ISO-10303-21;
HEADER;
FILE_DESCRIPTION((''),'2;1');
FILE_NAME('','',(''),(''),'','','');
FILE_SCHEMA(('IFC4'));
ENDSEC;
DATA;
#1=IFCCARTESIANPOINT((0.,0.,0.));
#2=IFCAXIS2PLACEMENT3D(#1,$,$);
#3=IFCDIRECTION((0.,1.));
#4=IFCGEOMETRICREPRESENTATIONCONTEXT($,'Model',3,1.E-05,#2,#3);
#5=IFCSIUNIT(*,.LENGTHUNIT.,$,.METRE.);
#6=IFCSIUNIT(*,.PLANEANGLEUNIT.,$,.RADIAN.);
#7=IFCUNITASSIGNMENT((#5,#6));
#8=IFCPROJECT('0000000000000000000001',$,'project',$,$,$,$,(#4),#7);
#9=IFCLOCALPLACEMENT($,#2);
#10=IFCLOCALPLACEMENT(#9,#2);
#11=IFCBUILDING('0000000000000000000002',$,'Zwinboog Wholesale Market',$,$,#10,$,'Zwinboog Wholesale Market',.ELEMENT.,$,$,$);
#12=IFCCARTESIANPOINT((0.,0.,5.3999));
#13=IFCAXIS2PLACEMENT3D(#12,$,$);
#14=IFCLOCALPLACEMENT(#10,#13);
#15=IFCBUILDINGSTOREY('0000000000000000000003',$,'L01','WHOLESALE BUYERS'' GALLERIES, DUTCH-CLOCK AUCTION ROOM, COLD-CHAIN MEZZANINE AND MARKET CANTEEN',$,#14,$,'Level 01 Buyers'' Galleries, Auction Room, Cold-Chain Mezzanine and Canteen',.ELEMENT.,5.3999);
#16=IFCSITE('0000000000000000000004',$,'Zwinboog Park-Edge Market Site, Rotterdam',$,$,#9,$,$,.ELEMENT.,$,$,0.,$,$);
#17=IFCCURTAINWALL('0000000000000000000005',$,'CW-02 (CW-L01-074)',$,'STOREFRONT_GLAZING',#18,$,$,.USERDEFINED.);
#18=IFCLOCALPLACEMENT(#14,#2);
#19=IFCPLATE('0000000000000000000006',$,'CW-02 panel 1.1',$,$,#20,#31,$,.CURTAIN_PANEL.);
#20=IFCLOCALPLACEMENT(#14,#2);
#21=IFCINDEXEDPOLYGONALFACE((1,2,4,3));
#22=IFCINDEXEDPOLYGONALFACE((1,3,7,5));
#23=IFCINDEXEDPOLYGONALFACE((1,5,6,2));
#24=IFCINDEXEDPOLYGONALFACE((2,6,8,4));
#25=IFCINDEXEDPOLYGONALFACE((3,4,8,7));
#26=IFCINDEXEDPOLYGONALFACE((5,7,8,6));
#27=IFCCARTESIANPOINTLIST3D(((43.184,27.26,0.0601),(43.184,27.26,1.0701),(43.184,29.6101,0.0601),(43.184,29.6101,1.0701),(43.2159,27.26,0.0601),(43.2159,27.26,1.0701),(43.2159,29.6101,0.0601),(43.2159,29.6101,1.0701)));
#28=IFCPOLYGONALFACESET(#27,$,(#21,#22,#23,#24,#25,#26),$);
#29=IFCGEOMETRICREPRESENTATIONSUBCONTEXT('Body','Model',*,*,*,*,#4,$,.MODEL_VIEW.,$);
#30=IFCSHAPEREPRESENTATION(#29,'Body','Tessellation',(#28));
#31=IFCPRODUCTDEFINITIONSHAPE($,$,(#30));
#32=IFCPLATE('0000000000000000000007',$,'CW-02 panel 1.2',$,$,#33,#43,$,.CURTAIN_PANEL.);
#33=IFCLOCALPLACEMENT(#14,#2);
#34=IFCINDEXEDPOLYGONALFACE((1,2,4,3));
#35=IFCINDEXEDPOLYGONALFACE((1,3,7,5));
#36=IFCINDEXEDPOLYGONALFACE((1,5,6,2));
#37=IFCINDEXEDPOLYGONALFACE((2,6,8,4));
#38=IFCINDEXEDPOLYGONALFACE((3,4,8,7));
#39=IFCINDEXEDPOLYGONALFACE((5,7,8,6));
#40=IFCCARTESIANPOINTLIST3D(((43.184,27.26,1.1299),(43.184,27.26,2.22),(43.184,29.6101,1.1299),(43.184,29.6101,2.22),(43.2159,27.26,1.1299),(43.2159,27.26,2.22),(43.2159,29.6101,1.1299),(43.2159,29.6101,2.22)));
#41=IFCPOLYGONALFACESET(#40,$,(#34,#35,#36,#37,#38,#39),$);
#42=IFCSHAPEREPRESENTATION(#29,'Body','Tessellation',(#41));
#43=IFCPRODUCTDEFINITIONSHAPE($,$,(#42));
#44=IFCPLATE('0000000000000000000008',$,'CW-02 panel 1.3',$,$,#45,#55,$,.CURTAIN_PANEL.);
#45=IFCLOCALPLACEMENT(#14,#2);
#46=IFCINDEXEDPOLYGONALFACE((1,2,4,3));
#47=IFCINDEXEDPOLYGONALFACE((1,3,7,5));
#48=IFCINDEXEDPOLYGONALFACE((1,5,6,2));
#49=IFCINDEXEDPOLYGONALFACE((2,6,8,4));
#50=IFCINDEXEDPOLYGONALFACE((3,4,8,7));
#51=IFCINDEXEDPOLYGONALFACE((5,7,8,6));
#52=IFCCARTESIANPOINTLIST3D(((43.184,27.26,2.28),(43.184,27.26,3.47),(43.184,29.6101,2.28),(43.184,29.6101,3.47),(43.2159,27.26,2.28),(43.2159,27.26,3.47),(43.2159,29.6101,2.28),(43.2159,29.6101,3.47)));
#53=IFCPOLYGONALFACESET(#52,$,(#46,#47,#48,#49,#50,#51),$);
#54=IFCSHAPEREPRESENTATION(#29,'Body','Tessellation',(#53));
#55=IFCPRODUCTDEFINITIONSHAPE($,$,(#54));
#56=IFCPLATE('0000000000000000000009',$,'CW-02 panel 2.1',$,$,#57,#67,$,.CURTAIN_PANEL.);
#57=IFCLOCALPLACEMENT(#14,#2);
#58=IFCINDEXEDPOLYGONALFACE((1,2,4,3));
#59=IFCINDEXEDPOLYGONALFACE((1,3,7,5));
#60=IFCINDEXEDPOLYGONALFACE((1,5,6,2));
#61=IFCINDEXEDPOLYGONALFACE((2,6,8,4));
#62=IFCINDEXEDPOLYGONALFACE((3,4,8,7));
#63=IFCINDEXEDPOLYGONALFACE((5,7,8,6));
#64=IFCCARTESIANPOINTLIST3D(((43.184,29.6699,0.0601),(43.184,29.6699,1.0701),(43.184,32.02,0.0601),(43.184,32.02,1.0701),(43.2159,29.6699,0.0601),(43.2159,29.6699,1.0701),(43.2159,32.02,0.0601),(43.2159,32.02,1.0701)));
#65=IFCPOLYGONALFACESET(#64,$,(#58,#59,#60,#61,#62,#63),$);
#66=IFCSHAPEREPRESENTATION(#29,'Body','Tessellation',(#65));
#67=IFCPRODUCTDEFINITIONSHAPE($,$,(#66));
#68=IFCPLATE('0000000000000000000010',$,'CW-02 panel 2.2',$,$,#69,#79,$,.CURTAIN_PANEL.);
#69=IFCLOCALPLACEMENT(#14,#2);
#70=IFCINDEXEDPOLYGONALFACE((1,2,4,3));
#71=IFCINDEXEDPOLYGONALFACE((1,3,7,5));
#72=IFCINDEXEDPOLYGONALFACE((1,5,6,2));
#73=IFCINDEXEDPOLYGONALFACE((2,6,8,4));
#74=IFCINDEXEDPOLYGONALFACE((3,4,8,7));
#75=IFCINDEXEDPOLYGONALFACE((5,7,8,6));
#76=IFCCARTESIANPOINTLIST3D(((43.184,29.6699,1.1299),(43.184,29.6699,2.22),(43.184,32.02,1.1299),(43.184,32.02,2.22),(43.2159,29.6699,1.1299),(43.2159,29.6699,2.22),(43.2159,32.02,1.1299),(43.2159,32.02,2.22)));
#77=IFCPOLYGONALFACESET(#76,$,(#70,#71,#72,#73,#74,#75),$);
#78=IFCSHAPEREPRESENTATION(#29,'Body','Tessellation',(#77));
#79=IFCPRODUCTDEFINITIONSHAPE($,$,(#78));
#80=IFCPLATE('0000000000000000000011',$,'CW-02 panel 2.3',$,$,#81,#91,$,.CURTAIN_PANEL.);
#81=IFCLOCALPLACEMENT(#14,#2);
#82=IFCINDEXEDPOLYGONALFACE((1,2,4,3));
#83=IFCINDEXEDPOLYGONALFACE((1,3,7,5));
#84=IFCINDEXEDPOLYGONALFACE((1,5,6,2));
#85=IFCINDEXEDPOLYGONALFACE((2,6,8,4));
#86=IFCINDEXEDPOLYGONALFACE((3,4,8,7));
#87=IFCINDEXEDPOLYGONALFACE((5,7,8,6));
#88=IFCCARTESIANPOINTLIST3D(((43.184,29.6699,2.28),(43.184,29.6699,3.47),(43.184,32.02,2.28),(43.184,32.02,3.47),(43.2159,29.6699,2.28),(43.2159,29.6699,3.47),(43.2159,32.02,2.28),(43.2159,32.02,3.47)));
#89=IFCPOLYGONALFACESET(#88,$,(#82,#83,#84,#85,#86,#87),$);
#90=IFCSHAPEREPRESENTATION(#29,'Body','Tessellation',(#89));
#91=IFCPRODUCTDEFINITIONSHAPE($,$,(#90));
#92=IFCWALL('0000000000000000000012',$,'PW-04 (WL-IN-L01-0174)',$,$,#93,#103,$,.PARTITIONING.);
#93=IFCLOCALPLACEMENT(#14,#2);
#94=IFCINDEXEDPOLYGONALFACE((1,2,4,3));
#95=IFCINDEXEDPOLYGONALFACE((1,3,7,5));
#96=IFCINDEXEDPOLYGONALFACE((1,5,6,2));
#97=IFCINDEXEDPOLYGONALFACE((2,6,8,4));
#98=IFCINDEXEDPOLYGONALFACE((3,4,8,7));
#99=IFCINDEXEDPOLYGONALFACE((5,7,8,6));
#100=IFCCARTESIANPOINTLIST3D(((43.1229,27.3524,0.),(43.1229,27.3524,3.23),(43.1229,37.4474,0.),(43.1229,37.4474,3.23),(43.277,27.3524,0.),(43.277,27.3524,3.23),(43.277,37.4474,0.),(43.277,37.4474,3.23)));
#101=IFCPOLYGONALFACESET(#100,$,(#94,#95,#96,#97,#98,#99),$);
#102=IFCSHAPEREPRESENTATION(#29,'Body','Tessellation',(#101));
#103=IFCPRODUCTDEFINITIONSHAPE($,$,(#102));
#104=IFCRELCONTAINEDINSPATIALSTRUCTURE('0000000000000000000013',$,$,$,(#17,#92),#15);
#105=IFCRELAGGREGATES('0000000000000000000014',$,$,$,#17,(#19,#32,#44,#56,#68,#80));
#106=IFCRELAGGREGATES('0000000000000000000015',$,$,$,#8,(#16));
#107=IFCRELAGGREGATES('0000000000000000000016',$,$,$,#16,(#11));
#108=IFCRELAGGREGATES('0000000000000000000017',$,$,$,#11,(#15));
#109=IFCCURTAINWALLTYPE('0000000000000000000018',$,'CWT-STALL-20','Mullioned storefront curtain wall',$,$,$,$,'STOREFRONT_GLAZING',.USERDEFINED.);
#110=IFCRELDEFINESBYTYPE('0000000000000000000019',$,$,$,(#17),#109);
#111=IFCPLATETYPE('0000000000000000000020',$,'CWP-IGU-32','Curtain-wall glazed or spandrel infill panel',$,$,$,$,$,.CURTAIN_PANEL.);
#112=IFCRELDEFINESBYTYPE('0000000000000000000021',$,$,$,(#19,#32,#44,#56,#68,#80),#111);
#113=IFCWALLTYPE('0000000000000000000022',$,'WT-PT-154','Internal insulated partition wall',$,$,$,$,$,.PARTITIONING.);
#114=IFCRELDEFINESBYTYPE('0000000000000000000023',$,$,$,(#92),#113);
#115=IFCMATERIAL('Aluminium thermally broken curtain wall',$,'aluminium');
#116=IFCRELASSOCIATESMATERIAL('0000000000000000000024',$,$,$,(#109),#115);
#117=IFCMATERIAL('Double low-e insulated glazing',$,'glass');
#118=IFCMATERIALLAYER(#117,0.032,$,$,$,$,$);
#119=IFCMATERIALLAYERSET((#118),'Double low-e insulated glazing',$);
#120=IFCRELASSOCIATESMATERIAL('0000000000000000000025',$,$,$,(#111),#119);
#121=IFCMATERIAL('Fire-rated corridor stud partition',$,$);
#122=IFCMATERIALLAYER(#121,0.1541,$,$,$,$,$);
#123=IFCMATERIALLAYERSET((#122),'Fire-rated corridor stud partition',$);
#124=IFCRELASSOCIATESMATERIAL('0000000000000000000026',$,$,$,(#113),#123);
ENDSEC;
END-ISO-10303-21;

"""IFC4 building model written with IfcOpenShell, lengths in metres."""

from ifc_helpers import new_model, si_unit, direction, frame, frame_2d, origin, origin_2d, place, context, subcontext, project, spatial, rectangle, extrude, material, layer, layer_set, type_object, element, aggregate, save


model = new_model("IFC4")

# Units and contexts
model_context = context("Model", 3, precision=1e-05, world=origin(), true_north=direction((0.0, 1.0)))
body_context = subcontext(model_context, "Body", "Model", "MODEL_VIEW")
ifc_project = project(units=[si_unit("LENGTHUNIT", "METRE"), si_unit("PLANEANGLEUNIT", "RADIAN")], contexts=[model_context])

# Site, building, storey
site_placement = place(None, origin())
site = spatial("IfcSite", under=ifc_project, at=site_placement, Name="Zwinboog Park-Edge Market Site, Rotterdam", CompositionType="ELEMENT", RefElevation=0.0)
building_placement = place(site_placement, origin())
building = spatial("IfcBuilding", under=site, at=building_placement, Name="Zwinboog Wholesale Market", LongName="Zwinboog Wholesale Market", CompositionType="ELEMENT")
storey_placement = place(building_placement, frame((0.0, 0.0, 5.3999)))
storey = spatial("IfcBuildingStorey", under=building, at=storey_placement, Name="L01", Description="WHOLESALE BUYERS' GALLERIES, DUTCH-CLOCK AUCTION ROOM, COLD-CHAIN MEZZANINE AND MARKET CANTEEN", LongName="Level 01 Buyers' Galleries, Auction Room, Cold-Chain Mezzanine and Canteen", CompositionType="ELEMENT", Elevation=5.3999)

# Shared definitions
ifc_material_1 = material(Name="Aluminium thermally broken curtain wall", Category="aluminium")

# Curtain wall
curtain_wall_type_1 = type_object("IfcCurtainWallType", Name="CWT-STALL-20", Description="Mullioned storefront curtain wall", ElementType="STOREFRONT_GLAZING", PredefinedType="USERDEFINED", material=ifc_material_1)
curtain_wall_1_placement = place(storey_placement, origin())
curtain_wall_1 = element("IfcCurtainWall", 1, at=curtain_wall_1_placement, inside=storey, type_object=curtain_wall_type_1, Name="CW-02 (CW-L01-074)", ObjectType="STOREFRONT_GLAZING", PredefinedType="USERDEFINED")

# Plates
ifc_material_2 = material(Name="Double low-e insulated glazing", Category="glass")
ifc_layer_1 = layer(ifc_material_2, 0.032)
ifc_layer_set_1 = layer_set([ifc_layer_1], Name="Double low-e insulated glazing")
plate_type = type_object("IfcPlateType", Name="CWP-IGU-32", Description="Curtain-wall glazed or spandrel infill panel", PredefinedType="CURTAIN_PANEL", material=ifc_layer_set_1)
plate_1_placement = place(storey_placement, frame((43.2, 28.4351, 0.0601), z_axis=(0.0, 0.0, 1.0), x_axis=(0.0, 1.0, 0.0)))
plate_1 = element("IfcPlate", 2, at=plate_1_placement, type_object=plate_type, Name="CW-02 panel 1.1", PredefinedType="CURTAIN_PANEL", context=body_context, shape_type="SweptSolid", body=[
    extrude(rectangle(XDim=2.3501, YDim=0.032, at=origin_2d()), origin(), (0.0, 0.0, 1.0), 1.01),
])
plate_2_placement = place(storey_placement, frame((43.2, 28.4351, 1.1299), z_axis=(0.0, 0.0, 1.0), x_axis=(0.0, 1.0, 0.0)))
plate_2 = element("IfcPlate", 3, at=plate_2_placement, type_object=plate_type, Name="CW-02 panel 1.2", PredefinedType="CURTAIN_PANEL", context=body_context, shape_type="SweptSolid", body=[
    extrude(rectangle(XDim=2.3501, YDim=0.032, at=origin_2d()), origin(), (0.0, 0.0, 1.0), 1.0901),
])
plate_3_placement = place(storey_placement, frame((43.2, 28.4351, 2.28), z_axis=(0.0, 0.0, 1.0), x_axis=(0.0, 1.0, 0.0)))
plate_3 = element("IfcPlate", 4, at=plate_3_placement, type_object=plate_type, Name="CW-02 panel 1.3", PredefinedType="CURTAIN_PANEL", context=body_context, shape_type="SweptSolid", body=[
    extrude(rectangle(XDim=2.3501, YDim=0.032, at=origin_2d()), origin(), (0.0, 0.0, 1.0), 1.1899),
])
plate_4_placement = place(storey_placement, frame((43.2, 30.845, 0.0601), z_axis=(0.0, 0.0, 1.0), x_axis=(0.0, 1.0, 0.0)))
plate_4 = element("IfcPlate", 5, at=plate_4_placement, type_object=plate_type, Name="CW-02 panel 2.1", PredefinedType="CURTAIN_PANEL", context=body_context, shape_type="SweptSolid", body=[
    extrude(rectangle(XDim=2.3501, YDim=0.032, at=origin_2d()), origin(), (0.0, 0.0, 1.0), 1.01),
])
plate_5_placement = place(storey_placement, frame((43.2, 30.845, 1.1299), z_axis=(0.0, 0.0, 1.0), x_axis=(0.0, 1.0, 0.0)))
plate_5 = element("IfcPlate", 6, at=plate_5_placement, type_object=plate_type, Name="CW-02 panel 2.2", PredefinedType="CURTAIN_PANEL", context=body_context, shape_type="SweptSolid", body=[
    extrude(rectangle(XDim=2.3501, YDim=0.032, at=origin_2d()), origin(), (0.0, 0.0, 1.0), 1.0901),
])
plate_6_placement = place(storey_placement, frame((43.2, 30.845, 2.28), z_axis=(0.0, 0.0, 1.0), x_axis=(0.0, 1.0, 0.0)))
plate_6 = element("IfcPlate", 7, at=plate_6_placement, type_object=plate_type, Name="CW-02 panel 2.3", PredefinedType="CURTAIN_PANEL", context=body_context, shape_type="SweptSolid", body=[
    extrude(rectangle(XDim=2.3501, YDim=0.032, at=origin_2d()), origin(), (0.0, 0.0, 1.0), 1.1899),
])
aggregate(curtain_wall_1, [plate_1, plate_2, plate_3, plate_4, plate_5, plate_6])

# Wall
ifc_material_3 = material(Name="Fire-rated corridor stud partition")
ifc_layer_2 = layer(ifc_material_3, 0.1541)
ifc_layer_set_2 = layer_set([ifc_layer_2], Name="Fire-rated corridor stud partition")
wall_type = type_object("IfcWallType", Name="WT-PT-154", Description="Internal insulated partition wall", PredefinedType="PARTITIONING", material=ifc_layer_set_2)
wall_placement = place(storey_placement, frame((43.2, 27.3525, 0.0), z_axis=(0.0, 0.0, 1.0), x_axis=(0.0, 1.0, 0.0)))
element("IfcWall", 8, at=wall_placement, inside=storey, type_object=wall_type, Name="PW-04 (WL-IN-L01-0174)", PredefinedType="PARTITIONING", context=body_context, shape_type="SweptSolid", body=[
    extrude(rectangle(XDim=10.095, YDim=0.1541, at=frame_2d((5.0474, 0.0))), origin(), (0.0, 0.0, 1.0), 3.23),
])

save(model, "model.ifc")
